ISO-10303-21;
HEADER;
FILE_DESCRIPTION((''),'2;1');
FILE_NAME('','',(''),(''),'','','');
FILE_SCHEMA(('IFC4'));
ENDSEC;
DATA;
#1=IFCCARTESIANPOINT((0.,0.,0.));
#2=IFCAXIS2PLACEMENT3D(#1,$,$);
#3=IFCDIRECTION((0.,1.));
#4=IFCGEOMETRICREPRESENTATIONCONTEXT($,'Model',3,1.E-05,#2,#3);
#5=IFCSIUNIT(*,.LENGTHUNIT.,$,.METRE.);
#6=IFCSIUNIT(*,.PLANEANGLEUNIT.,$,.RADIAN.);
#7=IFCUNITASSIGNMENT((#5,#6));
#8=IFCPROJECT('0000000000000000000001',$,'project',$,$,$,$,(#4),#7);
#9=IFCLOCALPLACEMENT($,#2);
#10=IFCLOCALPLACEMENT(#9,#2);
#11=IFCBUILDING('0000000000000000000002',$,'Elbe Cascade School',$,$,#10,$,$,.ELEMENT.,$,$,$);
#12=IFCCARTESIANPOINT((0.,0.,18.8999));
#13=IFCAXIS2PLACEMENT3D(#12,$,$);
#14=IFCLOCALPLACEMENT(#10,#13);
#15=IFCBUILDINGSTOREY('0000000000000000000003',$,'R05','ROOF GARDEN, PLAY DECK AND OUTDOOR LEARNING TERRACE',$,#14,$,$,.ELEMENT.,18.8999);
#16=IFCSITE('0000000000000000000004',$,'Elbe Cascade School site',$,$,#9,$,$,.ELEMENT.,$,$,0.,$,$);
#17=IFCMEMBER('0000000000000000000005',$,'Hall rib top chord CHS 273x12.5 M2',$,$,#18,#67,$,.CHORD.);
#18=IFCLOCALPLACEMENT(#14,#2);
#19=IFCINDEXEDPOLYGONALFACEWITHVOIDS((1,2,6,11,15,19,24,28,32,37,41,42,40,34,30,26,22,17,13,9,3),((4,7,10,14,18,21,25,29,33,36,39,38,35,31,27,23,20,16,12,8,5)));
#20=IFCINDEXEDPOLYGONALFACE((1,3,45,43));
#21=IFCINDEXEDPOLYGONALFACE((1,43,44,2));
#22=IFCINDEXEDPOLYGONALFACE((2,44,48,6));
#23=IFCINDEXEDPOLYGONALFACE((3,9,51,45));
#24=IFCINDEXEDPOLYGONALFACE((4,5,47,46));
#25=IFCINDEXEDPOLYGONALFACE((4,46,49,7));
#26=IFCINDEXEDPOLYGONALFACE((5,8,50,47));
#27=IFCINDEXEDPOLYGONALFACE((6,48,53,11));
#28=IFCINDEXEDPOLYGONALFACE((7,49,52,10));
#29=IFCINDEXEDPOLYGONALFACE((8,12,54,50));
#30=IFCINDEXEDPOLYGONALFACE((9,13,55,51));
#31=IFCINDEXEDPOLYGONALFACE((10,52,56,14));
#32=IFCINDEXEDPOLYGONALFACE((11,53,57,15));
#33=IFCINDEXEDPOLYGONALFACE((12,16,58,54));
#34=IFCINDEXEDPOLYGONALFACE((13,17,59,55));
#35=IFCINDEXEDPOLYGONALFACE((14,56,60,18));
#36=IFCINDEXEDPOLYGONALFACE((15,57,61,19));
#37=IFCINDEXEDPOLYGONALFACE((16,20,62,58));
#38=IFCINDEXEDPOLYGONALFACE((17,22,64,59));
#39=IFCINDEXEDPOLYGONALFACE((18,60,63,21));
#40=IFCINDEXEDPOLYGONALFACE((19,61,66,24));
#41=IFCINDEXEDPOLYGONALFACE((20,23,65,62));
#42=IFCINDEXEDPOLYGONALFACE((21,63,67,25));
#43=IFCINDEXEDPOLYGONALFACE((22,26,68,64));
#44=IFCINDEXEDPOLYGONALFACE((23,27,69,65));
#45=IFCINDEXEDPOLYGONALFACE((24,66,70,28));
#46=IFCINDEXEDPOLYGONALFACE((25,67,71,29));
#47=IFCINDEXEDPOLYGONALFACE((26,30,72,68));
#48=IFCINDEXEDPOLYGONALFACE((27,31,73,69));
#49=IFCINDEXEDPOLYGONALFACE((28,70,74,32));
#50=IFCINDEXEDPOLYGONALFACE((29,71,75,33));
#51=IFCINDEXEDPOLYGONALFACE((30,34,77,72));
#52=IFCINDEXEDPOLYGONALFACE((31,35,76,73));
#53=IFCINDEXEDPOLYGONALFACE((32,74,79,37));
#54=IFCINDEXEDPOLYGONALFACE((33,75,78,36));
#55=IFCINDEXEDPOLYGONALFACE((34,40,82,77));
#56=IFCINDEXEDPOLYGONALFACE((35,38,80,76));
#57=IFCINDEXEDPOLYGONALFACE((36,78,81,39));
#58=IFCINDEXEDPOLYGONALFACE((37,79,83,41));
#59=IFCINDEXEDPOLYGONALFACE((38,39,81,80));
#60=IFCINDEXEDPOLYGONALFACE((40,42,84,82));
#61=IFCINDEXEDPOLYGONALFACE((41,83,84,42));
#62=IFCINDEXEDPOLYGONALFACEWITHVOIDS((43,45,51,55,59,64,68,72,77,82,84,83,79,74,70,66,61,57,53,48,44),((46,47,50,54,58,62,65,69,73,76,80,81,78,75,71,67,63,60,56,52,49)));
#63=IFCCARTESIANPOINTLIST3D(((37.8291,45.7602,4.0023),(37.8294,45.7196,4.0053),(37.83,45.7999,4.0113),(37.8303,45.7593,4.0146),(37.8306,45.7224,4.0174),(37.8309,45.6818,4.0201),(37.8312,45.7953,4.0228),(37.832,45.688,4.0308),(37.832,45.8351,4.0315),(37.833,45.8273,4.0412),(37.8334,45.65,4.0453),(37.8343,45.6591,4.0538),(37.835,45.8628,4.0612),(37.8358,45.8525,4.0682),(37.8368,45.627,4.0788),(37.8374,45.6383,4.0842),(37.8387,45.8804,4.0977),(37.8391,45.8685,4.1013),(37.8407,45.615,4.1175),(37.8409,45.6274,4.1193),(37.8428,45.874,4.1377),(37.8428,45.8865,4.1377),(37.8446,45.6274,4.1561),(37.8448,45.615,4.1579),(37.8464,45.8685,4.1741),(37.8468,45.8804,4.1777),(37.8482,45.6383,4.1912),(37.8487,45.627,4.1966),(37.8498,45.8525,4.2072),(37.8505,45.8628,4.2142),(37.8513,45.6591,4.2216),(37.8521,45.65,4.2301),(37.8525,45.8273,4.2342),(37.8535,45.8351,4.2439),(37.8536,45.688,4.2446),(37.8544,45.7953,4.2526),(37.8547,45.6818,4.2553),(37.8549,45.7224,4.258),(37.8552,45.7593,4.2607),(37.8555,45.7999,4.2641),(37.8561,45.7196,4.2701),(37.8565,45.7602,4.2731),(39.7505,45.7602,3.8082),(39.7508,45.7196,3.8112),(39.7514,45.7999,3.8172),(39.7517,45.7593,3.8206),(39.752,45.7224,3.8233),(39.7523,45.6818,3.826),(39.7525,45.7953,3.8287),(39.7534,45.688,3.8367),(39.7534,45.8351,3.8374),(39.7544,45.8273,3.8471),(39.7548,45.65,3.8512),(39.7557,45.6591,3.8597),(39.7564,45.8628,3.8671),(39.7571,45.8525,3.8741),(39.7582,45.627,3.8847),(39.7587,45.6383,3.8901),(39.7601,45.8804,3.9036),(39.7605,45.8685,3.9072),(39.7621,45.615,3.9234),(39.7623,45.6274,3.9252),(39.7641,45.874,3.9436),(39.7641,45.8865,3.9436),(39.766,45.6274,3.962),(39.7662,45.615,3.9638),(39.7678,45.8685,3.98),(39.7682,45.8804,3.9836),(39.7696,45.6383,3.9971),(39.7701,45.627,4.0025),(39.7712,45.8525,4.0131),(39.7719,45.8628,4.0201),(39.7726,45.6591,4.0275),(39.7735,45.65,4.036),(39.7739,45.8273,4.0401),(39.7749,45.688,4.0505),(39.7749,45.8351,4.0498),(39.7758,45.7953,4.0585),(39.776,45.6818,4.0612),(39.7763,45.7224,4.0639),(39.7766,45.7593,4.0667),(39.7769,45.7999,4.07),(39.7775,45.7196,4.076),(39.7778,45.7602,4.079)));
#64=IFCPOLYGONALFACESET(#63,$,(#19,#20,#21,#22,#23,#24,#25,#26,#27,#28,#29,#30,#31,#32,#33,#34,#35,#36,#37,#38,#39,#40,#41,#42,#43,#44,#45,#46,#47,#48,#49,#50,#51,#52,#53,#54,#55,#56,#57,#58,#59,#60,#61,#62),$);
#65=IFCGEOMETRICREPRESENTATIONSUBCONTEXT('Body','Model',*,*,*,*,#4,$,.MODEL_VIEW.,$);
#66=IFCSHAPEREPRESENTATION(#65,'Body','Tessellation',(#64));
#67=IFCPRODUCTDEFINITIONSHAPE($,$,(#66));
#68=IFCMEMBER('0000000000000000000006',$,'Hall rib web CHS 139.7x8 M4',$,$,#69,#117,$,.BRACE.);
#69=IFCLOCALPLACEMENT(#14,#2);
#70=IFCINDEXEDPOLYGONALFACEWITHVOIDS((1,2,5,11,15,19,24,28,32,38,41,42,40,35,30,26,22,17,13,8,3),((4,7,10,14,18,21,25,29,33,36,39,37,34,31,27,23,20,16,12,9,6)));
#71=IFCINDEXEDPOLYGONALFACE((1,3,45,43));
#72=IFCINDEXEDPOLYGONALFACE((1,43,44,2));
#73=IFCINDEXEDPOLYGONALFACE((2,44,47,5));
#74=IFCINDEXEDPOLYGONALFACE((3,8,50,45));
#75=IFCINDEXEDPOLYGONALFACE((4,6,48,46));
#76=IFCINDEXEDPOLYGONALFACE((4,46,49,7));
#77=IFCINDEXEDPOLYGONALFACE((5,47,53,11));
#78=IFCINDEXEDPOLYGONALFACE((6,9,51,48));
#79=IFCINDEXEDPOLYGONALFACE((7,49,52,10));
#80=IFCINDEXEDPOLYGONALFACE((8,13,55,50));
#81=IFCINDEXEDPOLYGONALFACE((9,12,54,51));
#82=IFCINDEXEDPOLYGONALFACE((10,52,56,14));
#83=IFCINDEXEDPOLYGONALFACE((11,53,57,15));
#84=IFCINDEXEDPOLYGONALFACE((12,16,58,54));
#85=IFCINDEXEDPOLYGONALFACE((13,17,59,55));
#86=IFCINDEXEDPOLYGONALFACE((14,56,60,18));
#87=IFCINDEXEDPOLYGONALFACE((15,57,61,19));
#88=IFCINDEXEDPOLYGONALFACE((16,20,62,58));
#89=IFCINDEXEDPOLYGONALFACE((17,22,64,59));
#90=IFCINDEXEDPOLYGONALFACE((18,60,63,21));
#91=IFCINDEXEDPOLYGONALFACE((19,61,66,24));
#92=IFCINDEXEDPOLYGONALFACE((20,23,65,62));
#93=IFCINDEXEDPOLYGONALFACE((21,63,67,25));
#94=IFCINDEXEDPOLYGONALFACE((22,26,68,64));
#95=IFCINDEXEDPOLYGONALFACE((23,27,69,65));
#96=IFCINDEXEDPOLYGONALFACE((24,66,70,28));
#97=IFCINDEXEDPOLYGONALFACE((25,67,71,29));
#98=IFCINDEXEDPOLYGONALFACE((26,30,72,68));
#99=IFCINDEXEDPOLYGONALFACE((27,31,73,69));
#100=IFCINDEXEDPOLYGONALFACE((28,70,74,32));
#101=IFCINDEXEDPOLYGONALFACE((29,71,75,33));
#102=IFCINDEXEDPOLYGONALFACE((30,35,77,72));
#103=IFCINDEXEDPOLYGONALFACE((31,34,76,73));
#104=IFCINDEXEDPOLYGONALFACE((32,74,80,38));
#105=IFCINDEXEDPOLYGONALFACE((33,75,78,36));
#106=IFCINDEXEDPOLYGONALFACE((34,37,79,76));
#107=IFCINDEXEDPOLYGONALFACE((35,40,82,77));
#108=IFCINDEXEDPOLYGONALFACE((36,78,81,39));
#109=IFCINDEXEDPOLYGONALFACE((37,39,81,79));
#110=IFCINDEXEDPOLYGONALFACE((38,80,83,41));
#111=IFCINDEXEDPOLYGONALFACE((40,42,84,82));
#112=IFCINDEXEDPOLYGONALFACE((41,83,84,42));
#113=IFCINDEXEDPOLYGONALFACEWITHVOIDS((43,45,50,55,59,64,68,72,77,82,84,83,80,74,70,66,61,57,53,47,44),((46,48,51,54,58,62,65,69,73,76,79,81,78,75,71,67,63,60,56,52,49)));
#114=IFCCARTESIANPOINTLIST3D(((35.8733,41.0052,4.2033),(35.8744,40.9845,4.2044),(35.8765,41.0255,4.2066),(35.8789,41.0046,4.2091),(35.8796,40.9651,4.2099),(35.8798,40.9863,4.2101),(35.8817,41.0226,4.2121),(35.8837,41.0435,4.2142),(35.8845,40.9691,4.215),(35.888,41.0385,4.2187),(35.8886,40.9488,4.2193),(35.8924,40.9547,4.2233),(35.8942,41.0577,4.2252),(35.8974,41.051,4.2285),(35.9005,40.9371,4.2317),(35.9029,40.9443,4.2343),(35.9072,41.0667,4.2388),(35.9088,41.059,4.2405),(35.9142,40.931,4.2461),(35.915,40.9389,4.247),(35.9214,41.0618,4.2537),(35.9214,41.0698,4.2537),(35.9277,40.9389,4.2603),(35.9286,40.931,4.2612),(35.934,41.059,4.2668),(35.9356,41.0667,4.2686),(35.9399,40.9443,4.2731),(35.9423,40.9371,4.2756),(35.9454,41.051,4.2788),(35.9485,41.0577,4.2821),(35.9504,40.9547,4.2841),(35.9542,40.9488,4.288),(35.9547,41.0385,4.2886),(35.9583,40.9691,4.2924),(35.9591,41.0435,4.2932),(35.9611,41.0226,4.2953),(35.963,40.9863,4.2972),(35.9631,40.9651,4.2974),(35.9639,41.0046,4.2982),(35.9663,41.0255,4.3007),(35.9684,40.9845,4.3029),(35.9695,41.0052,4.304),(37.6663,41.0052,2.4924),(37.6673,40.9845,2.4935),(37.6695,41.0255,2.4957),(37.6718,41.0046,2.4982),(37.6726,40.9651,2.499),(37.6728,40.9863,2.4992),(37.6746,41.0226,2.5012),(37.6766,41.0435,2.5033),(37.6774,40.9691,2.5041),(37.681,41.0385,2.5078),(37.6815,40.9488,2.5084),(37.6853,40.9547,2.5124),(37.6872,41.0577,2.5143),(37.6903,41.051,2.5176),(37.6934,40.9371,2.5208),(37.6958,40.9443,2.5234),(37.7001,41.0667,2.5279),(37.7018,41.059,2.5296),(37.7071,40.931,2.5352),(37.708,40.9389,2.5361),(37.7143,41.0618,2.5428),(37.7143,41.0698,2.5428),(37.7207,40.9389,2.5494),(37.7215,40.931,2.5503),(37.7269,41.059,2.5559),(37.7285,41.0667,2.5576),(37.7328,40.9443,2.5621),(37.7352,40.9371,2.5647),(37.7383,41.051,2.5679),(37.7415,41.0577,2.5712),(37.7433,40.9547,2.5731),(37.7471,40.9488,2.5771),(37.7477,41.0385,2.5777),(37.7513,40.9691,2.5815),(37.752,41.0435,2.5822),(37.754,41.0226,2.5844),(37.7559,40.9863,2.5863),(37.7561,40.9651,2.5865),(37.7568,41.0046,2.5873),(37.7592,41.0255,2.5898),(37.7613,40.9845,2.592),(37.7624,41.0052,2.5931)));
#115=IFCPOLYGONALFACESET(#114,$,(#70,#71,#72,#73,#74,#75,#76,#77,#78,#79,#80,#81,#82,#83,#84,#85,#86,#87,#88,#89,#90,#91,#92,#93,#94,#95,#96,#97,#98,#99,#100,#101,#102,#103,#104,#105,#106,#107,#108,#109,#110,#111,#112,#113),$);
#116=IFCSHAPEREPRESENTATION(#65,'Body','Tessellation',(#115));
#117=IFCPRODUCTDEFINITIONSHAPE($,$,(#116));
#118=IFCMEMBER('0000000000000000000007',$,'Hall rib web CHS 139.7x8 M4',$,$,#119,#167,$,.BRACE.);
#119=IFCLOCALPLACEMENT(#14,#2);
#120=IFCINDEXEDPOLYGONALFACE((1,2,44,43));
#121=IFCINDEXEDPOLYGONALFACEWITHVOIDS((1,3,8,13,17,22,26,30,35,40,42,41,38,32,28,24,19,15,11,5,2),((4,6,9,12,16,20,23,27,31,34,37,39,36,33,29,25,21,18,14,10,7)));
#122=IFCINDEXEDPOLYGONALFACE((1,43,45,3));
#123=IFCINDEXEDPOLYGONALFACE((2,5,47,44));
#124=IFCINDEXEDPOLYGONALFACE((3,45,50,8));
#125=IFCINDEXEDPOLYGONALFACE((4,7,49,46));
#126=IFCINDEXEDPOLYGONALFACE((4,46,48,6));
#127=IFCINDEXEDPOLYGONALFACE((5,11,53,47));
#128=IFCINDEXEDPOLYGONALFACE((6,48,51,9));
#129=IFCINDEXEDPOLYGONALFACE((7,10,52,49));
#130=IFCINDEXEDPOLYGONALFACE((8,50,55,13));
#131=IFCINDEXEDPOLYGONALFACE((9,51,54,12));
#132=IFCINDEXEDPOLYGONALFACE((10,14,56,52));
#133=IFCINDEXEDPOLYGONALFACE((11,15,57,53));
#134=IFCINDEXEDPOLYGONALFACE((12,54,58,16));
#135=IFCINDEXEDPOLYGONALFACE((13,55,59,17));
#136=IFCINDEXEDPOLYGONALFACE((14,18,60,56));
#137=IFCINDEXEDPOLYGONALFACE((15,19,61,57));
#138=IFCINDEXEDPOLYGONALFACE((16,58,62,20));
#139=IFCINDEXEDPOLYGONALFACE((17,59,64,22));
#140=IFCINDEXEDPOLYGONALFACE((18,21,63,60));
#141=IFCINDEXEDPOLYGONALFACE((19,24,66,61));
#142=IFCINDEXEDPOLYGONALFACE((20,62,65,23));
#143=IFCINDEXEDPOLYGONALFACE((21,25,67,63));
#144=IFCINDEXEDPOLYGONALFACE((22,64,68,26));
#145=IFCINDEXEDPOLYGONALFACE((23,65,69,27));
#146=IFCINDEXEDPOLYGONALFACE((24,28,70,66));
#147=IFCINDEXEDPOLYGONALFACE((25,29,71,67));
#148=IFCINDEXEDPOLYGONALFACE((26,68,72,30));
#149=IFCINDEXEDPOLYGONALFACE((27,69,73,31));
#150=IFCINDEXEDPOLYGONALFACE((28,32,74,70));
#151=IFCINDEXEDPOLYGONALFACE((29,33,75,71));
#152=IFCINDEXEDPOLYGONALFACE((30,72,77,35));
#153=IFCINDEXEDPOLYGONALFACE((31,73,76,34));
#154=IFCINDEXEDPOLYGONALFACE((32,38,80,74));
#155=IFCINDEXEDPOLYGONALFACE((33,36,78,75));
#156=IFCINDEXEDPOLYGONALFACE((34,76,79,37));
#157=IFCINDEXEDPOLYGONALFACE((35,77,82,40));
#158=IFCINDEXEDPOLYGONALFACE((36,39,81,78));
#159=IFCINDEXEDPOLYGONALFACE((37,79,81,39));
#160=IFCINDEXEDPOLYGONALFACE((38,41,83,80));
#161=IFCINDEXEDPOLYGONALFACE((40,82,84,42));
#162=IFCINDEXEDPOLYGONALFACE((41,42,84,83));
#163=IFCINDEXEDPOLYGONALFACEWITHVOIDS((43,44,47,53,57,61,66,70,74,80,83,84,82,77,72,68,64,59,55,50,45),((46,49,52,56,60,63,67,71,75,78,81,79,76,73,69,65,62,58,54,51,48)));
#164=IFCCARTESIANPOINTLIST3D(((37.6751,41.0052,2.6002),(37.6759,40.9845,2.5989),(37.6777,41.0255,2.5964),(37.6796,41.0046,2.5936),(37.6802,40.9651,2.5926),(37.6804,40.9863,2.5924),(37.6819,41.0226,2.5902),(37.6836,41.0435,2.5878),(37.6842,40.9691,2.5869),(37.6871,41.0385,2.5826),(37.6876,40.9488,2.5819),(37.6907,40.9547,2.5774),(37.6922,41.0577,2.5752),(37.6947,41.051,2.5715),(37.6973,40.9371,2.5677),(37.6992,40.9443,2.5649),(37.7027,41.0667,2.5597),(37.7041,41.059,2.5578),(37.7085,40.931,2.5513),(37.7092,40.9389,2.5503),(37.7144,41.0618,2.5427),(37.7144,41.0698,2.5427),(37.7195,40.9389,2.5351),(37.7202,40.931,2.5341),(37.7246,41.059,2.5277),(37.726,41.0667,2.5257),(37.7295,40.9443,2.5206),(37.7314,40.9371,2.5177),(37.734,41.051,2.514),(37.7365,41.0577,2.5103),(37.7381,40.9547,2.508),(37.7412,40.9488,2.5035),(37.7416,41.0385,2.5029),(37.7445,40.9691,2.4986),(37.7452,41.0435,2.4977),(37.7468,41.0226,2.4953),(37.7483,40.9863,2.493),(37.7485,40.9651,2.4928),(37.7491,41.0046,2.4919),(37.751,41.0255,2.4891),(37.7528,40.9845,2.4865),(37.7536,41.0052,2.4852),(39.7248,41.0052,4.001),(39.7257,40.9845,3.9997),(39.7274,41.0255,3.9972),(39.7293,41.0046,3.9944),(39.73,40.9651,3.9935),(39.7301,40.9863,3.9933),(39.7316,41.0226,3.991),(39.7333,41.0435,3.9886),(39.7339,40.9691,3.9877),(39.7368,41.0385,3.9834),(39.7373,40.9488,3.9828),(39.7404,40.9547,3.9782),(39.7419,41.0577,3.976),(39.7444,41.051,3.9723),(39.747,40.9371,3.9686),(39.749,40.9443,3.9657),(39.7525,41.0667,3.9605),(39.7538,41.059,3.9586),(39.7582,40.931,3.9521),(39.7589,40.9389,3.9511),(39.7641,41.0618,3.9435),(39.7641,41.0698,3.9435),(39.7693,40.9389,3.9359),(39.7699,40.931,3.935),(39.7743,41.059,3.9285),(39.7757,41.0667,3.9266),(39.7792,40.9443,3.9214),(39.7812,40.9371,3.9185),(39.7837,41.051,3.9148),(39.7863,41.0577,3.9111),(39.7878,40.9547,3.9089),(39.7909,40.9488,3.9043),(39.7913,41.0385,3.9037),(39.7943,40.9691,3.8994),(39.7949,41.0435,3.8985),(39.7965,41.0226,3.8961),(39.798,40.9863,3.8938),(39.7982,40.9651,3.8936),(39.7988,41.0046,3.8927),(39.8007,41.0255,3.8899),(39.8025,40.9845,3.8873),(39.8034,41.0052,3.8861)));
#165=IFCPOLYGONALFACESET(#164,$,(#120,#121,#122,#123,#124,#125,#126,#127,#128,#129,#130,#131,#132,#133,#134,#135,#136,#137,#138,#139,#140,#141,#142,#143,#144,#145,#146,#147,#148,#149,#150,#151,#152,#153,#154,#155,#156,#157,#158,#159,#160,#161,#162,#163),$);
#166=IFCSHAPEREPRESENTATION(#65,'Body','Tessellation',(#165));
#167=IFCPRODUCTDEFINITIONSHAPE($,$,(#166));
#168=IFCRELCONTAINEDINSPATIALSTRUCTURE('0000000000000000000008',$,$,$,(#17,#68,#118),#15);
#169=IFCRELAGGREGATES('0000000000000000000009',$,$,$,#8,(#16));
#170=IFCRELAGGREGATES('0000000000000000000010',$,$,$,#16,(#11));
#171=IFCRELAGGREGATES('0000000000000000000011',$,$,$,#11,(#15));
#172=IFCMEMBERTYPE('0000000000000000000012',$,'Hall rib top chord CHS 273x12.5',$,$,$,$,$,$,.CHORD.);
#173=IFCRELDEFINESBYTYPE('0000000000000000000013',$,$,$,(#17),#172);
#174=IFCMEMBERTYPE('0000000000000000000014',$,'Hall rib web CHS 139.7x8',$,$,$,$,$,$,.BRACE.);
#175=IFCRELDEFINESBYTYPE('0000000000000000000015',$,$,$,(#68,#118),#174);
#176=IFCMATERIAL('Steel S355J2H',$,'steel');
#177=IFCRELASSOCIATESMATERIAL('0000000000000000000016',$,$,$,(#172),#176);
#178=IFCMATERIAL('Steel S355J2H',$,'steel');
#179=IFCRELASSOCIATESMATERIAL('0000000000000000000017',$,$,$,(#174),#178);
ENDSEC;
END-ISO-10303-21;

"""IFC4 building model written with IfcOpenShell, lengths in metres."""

from ifc_helpers import new_model, si_unit, direction, frame, origin, origin_2d, place, context, subcontext, project, spatial, hollow_circle, extrude, material, material_profile, profile_set, type_object, element, save


model = new_model("IFC4")

# Units and contexts
model_context = context("Model", 3, precision=1e-05, world=origin(), true_north=direction((0.0, 1.0)))
body_context = subcontext(model_context, "Body", "Model", "MODEL_VIEW")
ifc_project = project(units=[si_unit("LENGTHUNIT", "METRE"), si_unit("PLANEANGLEUNIT", "RADIAN")], contexts=[model_context])

# Site, building, storey
site_placement = place(None, origin())
site = spatial("IfcSite", under=ifc_project, at=site_placement, Name="Elbe Cascade School site", CompositionType="ELEMENT", RefElevation=0.0)
building_placement = place(site_placement, origin())
building = spatial("IfcBuilding", under=site, at=building_placement, Name="Elbe Cascade School", CompositionType="ELEMENT")
storey_placement = place(building_placement, frame((0.0, 0.0, 18.8999)))
storey = spatial("IfcBuildingStorey", under=building, at=storey_placement, Name="R05", Description="ROOF GARDEN, PLAY DECK AND OUTDOOR LEARNING TERRACE", CompositionType="ELEMENT", Elevation=18.8999)

# Members
ifc_material_1 = material(Name="Steel S355J2H", Category="steel")
ifc_material_profile_1 = material_profile(ifc_material_1, hollow_circle(Radius=0.1365, WallThickness=0.0125, at=origin_2d()), Name="CHS 273x12.5")
ifc_profile_set_1 = profile_set([ifc_material_profile_1], Name="Steel S355J2H")
member_type_1 = type_object("IfcMemberType", Name="Hall rib top chord CHS 273x12.5", PredefinedType="CHORD", material=ifc_profile_set_1)
member_1_placement = place(storey_placement, frame((37.8428, 45.75, 4.1377), z_axis=(0.994937, 0.0, -0.100505), x_axis=(0.0, 1.0, 0.0)))
element("IfcMember", 1, at=member_1_placement, inside=storey, type_object=member_type_1, Name="Hall rib top chord CHS 273x12.5 M2", PredefinedType="CHORD", context=body_context, shape_type="SweptSolid", body=[
    extrude(hollow_circle(Radius=0.1365, WallThickness=0.0125, at=origin_2d()), origin(), (0.0, 0.0, 1.0), 1.9312),
])
ifc_material_2 = material(Name="Steel S355J2H", Category="steel")
ifc_material_profile_2 = material_profile(ifc_material_2, hollow_circle(Radius=0.0698, WallThickness=0.0081, at=origin_2d()), Name="CHS 139.7x8")
ifc_profile_set_2 = profile_set([ifc_material_profile_2], Name="Steel S355J2H")
member_type_2 = type_object("IfcMemberType", Name="Hall rib web CHS 139.7x8", PredefinedType="BRACE", material=ifc_profile_set_2)
member_2_placement = place(storey_placement, frame((35.9214, 41.0, 4.2537), z_axis=(0.723463, 0.0, -0.690363), x_axis=(0.0, 1.0, 0.0)))
element("IfcMember", 2, at=member_2_placement, inside=storey, type_object=member_type_2, Name="Hall rib web CHS 139.7x8 M4", PredefinedType="BRACE", context=body_context, shape_type="SweptSolid", body=[
    extrude(hollow_circle(Radius=0.0698, WallThickness=0.0081, at=origin_2d()), origin(), (0.0, 0.0, 1.0), 2.4783),
])
member_3_placement = place(storey_placement, frame((37.7144, 41.0, 2.5427), z_axis=(0.825611, 0.0, 0.56424), x_axis=(0.0, 1.0, 0.0)))
element("IfcMember", 3, at=member_3_placement, inside=storey, type_object=member_type_2, Name="Hall rib web CHS 139.7x8 M4", PredefinedType="BRACE", context=body_context, shape_type="SweptSolid", body=[
    extrude(hollow_circle(Radius=0.0698, WallThickness=0.0081, at=origin_2d()), origin(), (0.0, 0.0, 1.0), 2.4827),
])

save(model, "model.ifc")
